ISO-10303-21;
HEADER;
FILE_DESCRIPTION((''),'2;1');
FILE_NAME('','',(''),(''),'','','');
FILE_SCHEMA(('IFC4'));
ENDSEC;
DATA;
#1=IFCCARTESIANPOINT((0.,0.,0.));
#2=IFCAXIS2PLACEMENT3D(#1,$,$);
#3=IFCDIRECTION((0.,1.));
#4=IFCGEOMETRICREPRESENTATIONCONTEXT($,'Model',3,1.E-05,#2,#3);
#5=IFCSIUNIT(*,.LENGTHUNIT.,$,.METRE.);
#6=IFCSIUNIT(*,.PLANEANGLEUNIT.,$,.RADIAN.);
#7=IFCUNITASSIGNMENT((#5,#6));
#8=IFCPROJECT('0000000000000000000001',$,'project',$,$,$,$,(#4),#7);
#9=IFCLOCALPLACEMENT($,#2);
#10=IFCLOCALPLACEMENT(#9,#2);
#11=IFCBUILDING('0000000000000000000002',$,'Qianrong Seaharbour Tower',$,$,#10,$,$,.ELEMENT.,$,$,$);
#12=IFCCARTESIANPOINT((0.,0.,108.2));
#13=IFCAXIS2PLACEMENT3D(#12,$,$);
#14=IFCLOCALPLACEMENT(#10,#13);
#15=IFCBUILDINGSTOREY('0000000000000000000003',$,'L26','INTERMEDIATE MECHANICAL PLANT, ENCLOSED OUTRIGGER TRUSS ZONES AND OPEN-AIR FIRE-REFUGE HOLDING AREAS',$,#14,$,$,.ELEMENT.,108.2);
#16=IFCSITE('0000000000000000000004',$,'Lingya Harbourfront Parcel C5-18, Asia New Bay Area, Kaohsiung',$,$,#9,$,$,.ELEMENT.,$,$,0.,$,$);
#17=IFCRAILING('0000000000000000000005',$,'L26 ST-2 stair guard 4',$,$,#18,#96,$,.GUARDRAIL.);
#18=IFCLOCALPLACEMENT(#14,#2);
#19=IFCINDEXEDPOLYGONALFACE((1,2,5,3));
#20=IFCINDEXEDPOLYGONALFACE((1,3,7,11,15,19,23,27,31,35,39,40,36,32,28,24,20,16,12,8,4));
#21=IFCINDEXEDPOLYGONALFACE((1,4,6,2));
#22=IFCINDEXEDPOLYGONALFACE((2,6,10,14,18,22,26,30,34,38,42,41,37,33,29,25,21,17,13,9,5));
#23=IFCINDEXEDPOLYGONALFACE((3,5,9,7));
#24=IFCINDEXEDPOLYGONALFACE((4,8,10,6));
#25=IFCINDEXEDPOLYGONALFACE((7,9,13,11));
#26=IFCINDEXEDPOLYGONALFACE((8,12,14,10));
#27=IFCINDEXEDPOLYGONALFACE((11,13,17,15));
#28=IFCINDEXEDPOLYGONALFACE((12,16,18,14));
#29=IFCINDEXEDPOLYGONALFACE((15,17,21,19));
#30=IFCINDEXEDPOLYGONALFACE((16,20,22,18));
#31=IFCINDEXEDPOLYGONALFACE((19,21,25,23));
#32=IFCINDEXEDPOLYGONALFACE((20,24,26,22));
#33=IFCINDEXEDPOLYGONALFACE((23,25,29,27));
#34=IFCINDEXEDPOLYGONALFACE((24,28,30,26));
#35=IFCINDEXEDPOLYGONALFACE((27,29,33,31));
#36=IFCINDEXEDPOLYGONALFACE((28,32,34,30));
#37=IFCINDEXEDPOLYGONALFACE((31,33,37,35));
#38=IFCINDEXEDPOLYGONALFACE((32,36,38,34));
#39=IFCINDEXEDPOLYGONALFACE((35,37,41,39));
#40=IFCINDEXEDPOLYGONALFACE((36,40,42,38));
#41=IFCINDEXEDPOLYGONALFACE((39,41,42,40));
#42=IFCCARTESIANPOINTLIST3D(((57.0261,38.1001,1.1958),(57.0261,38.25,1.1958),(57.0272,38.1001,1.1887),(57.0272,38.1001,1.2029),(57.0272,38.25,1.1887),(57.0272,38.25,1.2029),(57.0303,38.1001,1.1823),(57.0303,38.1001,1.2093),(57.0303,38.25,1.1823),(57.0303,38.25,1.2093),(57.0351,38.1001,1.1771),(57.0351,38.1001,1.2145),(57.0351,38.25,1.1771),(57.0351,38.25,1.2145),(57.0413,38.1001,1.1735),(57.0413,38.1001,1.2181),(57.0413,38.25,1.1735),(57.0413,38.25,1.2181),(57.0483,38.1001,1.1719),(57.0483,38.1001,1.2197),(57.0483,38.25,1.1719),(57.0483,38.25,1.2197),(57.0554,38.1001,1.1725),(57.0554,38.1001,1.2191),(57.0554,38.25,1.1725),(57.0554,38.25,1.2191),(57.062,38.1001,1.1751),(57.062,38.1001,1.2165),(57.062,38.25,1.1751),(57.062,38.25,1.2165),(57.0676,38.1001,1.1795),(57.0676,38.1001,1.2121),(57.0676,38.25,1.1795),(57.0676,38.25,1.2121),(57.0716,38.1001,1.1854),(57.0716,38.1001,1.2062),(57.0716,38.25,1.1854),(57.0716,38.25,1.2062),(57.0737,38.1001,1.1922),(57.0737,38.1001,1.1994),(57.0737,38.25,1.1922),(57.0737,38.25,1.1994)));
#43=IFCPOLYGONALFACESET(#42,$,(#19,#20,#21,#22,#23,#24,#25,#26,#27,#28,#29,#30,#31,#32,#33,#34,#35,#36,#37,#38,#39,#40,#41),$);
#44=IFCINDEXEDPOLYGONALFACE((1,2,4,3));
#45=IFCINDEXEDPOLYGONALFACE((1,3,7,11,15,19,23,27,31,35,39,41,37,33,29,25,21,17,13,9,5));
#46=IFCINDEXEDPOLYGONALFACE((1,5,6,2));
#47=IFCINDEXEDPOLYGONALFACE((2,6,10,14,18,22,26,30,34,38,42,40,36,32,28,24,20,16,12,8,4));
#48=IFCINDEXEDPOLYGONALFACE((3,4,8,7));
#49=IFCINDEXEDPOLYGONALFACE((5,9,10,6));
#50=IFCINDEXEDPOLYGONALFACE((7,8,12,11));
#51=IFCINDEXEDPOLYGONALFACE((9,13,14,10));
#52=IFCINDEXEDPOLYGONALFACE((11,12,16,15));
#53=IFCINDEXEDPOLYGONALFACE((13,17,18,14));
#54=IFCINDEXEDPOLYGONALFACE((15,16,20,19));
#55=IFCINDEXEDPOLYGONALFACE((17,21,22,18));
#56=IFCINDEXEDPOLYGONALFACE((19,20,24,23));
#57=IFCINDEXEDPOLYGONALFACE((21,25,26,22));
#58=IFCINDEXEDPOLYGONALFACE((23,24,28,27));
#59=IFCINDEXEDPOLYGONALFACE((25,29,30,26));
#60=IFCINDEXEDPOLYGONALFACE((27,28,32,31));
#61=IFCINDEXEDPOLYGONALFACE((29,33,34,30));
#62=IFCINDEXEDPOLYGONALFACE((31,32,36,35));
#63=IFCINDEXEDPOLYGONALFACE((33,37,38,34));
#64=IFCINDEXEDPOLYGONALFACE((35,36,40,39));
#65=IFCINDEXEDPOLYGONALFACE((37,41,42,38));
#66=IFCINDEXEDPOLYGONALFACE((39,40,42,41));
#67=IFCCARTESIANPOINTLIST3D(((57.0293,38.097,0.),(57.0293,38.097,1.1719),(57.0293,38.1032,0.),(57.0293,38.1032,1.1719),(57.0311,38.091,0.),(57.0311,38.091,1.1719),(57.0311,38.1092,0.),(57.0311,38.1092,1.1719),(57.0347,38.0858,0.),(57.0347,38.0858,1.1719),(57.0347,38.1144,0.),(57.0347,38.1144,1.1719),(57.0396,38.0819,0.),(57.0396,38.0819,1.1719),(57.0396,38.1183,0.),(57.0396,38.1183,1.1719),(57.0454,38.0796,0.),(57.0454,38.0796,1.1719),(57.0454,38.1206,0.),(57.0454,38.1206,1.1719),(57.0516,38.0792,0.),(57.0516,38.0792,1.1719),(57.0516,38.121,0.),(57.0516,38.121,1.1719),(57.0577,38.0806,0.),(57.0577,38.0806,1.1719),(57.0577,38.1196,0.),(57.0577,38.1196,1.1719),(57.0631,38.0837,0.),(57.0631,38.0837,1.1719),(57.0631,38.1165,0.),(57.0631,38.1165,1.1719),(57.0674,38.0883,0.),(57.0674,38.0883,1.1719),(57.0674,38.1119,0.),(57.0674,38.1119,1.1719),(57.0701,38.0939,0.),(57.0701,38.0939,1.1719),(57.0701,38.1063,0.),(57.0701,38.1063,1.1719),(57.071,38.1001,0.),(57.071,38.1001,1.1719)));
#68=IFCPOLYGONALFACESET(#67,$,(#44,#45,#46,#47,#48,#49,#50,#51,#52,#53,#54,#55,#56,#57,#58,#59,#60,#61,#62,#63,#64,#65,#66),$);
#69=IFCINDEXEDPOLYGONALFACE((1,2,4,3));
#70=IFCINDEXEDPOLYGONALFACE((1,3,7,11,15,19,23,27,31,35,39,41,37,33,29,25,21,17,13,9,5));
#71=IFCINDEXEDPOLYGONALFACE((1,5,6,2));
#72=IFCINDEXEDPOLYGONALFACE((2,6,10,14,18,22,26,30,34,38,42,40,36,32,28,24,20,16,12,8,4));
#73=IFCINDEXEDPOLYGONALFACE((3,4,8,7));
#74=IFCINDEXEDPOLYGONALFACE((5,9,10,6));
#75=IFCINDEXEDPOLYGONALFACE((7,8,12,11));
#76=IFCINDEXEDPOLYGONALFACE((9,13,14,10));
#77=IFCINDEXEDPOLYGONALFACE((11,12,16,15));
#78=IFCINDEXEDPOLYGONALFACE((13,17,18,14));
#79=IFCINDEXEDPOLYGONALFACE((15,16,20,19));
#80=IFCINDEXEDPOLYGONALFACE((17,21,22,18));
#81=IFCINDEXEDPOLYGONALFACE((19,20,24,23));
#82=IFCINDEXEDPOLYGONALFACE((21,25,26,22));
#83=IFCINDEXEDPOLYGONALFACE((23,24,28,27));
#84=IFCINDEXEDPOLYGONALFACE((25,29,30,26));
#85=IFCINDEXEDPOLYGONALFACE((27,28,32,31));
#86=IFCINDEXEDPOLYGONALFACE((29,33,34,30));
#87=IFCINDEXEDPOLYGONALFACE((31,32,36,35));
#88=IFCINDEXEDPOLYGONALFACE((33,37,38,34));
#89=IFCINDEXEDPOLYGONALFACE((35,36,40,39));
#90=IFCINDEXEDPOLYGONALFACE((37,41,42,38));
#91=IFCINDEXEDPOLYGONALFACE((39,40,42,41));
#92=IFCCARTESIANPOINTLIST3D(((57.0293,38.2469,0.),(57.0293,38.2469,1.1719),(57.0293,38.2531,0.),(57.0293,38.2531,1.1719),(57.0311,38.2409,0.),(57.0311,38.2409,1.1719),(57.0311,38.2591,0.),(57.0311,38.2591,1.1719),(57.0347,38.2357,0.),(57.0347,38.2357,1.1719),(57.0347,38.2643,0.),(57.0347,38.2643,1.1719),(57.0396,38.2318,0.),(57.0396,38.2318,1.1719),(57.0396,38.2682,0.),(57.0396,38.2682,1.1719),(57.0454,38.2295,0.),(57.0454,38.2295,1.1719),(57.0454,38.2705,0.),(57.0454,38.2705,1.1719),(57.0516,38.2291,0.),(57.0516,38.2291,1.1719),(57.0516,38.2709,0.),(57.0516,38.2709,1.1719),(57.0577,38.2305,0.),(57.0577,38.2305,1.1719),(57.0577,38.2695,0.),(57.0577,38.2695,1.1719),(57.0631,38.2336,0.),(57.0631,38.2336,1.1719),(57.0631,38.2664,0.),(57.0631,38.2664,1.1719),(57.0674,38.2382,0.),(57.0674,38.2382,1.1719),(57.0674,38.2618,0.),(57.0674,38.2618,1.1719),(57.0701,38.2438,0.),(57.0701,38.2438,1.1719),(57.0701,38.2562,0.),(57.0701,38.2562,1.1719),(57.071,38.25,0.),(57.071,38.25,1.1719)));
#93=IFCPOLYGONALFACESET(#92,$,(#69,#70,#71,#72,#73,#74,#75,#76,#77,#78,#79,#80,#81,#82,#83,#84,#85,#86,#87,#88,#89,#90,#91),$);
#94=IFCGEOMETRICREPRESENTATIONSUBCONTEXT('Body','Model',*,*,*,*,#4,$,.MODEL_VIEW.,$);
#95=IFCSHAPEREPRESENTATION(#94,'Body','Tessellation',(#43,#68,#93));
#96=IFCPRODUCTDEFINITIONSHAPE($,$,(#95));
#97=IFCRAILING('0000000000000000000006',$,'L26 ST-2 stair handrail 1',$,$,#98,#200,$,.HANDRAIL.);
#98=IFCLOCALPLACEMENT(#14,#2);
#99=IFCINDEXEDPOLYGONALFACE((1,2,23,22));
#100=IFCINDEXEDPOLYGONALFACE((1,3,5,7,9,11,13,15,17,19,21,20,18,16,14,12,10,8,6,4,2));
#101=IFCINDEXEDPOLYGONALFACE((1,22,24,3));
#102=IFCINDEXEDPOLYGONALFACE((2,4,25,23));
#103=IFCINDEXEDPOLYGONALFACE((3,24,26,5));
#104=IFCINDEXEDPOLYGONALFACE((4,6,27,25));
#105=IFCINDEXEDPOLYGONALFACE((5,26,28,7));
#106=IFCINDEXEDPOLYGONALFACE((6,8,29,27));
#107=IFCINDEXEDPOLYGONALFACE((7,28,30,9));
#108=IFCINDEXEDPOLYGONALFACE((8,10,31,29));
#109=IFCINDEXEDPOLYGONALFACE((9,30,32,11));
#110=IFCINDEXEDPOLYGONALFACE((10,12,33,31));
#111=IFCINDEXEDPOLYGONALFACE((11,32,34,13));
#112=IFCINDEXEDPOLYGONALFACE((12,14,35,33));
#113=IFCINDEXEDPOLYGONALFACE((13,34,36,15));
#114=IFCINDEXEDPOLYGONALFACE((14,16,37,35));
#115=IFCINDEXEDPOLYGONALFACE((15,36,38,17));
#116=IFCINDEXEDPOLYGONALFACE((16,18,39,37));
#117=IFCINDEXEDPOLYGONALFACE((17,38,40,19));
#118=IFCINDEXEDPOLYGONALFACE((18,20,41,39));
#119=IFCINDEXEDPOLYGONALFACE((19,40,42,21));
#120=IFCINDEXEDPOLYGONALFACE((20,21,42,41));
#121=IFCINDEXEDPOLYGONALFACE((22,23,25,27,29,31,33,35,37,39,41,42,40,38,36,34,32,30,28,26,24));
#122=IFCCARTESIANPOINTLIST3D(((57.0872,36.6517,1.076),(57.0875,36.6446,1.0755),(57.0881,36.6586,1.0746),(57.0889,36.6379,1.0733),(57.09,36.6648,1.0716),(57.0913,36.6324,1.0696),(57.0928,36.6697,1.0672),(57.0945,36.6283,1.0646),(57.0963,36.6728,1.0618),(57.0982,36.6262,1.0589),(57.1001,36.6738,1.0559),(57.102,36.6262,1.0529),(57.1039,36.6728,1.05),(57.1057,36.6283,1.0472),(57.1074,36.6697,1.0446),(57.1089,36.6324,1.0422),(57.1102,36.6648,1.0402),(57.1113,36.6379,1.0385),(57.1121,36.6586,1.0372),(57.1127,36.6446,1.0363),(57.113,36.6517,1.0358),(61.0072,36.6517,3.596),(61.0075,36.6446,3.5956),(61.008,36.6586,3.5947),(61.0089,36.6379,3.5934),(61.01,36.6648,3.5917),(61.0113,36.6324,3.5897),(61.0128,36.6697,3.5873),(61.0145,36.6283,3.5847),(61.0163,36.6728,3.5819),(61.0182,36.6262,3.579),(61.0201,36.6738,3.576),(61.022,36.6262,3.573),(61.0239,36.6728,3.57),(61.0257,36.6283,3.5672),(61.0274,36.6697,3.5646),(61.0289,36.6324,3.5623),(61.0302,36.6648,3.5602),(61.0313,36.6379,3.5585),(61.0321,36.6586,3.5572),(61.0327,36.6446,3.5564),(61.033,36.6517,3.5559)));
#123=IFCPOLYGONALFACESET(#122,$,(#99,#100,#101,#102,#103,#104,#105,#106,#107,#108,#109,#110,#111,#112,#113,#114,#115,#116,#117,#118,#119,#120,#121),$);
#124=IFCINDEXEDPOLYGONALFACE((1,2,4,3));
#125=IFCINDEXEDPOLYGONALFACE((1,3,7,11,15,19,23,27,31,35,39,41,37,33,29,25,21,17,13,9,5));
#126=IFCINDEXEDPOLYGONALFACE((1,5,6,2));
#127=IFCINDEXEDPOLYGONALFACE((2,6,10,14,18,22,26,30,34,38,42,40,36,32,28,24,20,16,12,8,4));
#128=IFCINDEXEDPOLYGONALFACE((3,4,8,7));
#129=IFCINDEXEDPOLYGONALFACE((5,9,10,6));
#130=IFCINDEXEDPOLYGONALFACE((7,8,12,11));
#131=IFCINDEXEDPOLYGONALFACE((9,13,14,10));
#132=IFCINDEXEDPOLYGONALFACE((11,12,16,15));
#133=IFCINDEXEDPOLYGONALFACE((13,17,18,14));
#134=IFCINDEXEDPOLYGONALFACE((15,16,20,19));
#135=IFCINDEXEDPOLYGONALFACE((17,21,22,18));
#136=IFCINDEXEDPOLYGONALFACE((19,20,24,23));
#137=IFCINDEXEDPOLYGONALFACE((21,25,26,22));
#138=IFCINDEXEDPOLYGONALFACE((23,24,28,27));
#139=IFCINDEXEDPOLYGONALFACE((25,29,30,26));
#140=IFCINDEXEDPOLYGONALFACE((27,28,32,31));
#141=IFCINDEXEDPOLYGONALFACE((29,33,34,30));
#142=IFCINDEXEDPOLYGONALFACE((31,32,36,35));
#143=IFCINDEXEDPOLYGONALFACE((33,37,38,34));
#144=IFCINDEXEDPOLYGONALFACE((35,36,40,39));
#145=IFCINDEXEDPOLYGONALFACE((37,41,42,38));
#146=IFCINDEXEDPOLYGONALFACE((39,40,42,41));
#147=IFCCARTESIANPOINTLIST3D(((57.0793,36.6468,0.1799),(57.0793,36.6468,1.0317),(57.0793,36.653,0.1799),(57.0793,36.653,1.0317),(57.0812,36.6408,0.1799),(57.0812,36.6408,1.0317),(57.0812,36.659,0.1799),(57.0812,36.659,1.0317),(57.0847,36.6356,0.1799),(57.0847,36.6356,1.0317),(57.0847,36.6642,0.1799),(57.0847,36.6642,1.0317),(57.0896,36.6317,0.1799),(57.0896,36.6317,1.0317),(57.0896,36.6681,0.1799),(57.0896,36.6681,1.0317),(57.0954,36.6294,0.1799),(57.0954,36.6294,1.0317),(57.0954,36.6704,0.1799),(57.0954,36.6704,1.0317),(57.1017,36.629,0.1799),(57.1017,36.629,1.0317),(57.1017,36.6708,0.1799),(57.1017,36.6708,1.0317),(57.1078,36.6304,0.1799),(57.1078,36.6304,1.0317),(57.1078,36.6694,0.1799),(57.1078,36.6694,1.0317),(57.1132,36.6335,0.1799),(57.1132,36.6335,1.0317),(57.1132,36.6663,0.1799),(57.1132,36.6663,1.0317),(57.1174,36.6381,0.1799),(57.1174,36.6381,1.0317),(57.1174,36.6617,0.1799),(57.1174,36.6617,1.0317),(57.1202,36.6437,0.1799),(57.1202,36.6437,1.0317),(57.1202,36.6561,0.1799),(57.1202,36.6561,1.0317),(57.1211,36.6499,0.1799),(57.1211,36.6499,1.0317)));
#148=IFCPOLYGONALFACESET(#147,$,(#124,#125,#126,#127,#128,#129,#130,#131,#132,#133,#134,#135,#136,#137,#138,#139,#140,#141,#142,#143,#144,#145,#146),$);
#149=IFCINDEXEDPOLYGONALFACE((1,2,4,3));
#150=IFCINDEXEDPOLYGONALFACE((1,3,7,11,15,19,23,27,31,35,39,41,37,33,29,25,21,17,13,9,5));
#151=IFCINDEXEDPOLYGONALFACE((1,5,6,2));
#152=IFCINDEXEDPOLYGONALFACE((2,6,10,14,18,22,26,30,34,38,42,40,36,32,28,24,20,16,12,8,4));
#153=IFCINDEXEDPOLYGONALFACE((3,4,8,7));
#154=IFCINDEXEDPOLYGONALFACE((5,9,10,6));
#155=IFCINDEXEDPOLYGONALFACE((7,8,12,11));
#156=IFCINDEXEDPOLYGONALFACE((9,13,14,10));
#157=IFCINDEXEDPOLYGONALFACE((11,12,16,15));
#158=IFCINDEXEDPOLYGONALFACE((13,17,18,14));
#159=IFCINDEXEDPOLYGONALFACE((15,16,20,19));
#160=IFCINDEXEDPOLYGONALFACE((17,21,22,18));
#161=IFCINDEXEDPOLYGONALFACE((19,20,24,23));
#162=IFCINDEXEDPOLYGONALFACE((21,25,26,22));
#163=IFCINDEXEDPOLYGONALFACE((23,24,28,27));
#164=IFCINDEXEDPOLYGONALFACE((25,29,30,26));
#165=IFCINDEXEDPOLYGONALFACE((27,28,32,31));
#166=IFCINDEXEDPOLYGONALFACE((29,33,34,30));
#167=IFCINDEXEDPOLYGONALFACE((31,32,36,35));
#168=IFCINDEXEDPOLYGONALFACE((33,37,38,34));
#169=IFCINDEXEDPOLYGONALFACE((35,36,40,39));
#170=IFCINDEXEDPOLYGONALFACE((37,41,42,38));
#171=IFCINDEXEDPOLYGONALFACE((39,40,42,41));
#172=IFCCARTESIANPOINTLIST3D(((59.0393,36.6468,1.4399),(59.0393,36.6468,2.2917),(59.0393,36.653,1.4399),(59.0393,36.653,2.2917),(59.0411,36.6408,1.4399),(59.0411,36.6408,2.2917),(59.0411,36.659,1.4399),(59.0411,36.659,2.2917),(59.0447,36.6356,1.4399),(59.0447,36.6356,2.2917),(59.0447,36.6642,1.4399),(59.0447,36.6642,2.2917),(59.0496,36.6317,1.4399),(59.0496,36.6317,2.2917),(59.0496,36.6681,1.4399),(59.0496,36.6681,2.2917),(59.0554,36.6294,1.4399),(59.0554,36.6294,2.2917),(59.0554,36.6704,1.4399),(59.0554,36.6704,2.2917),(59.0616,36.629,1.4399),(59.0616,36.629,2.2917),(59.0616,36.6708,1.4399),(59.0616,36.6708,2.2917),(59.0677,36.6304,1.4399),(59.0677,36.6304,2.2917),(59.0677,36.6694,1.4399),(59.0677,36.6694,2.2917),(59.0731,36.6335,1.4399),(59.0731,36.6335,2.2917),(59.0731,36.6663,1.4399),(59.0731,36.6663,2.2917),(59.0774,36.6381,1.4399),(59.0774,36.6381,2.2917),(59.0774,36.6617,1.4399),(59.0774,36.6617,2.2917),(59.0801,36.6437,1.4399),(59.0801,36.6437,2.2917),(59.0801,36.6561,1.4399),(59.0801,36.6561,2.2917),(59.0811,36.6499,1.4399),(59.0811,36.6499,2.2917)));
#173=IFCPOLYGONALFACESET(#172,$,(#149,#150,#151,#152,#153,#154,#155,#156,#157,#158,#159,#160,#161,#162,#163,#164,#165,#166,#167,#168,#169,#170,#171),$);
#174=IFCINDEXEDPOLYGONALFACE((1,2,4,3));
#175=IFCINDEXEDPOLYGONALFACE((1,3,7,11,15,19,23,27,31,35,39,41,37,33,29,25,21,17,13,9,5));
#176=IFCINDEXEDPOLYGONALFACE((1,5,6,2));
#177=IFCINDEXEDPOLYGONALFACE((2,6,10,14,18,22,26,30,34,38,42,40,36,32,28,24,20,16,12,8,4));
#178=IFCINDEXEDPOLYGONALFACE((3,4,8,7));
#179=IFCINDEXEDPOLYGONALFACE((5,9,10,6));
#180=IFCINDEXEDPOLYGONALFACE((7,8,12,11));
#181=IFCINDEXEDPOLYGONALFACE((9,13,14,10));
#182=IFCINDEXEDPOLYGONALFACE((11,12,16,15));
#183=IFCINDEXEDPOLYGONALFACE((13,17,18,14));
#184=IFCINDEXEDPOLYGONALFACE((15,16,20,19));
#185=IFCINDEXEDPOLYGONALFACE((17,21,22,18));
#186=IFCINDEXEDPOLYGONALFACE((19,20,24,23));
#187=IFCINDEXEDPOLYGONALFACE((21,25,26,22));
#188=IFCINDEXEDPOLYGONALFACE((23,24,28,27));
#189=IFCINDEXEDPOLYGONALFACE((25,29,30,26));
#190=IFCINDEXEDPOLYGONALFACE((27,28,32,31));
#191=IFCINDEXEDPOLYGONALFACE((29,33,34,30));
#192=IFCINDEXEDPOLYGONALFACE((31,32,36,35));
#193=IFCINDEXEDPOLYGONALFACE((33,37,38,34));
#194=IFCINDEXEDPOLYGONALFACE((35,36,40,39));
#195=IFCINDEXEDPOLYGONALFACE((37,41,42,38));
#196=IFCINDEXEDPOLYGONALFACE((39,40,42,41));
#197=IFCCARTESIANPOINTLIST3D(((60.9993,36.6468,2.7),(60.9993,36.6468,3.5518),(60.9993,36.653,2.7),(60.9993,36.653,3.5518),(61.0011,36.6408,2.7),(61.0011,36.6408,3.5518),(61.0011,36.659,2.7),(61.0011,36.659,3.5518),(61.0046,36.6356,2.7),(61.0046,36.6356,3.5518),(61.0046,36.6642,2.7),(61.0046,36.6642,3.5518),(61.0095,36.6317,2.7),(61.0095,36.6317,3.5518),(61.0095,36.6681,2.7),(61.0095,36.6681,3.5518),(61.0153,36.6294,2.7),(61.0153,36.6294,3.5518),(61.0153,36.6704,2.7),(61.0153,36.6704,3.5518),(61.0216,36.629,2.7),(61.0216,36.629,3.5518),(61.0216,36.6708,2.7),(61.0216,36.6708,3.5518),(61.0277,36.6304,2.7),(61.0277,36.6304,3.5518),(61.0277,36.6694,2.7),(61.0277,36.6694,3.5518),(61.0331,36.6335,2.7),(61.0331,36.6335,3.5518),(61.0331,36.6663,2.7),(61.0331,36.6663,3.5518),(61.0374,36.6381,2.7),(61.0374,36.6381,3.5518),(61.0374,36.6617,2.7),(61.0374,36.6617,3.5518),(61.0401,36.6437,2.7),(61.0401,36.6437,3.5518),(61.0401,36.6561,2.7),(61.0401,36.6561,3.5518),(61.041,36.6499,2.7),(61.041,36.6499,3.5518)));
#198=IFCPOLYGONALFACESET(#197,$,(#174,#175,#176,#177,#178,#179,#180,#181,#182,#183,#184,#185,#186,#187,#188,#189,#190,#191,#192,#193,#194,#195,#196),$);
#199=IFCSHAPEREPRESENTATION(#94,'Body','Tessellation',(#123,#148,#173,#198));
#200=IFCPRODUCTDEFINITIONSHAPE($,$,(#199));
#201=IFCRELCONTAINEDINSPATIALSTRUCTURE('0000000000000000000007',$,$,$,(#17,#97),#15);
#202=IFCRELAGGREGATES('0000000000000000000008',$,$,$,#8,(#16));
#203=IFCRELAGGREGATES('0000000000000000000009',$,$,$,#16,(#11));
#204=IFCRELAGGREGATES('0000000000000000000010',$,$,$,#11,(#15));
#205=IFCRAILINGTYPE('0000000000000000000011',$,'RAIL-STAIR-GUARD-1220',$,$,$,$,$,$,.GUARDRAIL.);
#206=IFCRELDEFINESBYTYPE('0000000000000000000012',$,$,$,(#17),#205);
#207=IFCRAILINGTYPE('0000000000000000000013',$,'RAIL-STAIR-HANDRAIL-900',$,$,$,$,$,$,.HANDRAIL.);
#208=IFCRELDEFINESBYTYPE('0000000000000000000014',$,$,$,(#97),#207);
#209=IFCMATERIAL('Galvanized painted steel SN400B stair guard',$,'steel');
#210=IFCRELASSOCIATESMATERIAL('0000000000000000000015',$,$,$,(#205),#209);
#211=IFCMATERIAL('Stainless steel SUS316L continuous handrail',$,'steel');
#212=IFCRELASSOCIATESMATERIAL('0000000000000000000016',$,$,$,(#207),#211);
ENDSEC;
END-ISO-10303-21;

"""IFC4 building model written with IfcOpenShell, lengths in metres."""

from ifc_helpers import new_model, si_unit, direction, frame, origin, origin_2d, place, context, subcontext, project, spatial, circle, extrude, material, type_object, element, save


model = new_model("IFC4")

# Units and contexts
model_context = context("Model", 3, precision=1e-05, world=origin(), true_north=direction((0.0, 1.0)))
body_context = subcontext(model_context, "Body", "Model", "MODEL_VIEW")
ifc_project = project(units=[si_unit("LENGTHUNIT", "METRE"), si_unit("PLANEANGLEUNIT", "RADIAN")], contexts=[model_context])

# Site, building, storey
site_placement = place(None, origin())
site = spatial("IfcSite", under=ifc_project, at=site_placement, Name="Lingya Harbourfront Parcel C5-18, Asia New Bay Area, Kaohsiung", CompositionType="ELEMENT", RefElevation=0.0)
building_placement = place(site_placement, origin())
building = spatial("IfcBuilding", under=site, at=building_placement, Name="Qianrong Seaharbour Tower", CompositionType="ELEMENT")
storey_placement = place(building_placement, frame((0.0, 0.0, 108.2)))
storey = spatial("IfcBuildingStorey", under=building, at=storey_placement, Name="L26", Description="INTERMEDIATE MECHANICAL PLANT, ENCLOSED OUTRIGGER TRUSS ZONES AND OPEN-AIR FIRE-REFUGE HOLDING AREAS", CompositionType="ELEMENT", Elevation=108.2)

# Railings
ifc_material_1 = material(Name="Galvanized painted steel SN400B stair guard", Category="steel")
railing_type_1 = type_object("IfcRailingType", Name="RAIL-STAIR-GUARD-1220", PredefinedType="GUARDRAIL", material=ifc_material_1)
railing_1_placement = place(storey_placement, frame((57.05, 38.1001, 0.0)))
element("IfcRailing", 1, at=railing_1_placement, inside=storey, type_object=railing_type_1, Name="L26 ST-2 stair guard 4", PredefinedType="GUARDRAIL", context=body_context, shape_type="SweptSolid", body=[
    extrude(circle(Radius=0.0239, at=origin_2d()), frame((0.0, 0.0, 1.1958), z_axis=(0.0, 1.0, 0.0), x_axis=(-1.0, 0.0, 0.0)), (0.0, 0.0, 1.0), 0.1499),
    extrude(circle(Radius=0.021, at=origin_2d()), origin(), (0.0, 0.0, 1.0), 1.1719),
    extrude(circle(Radius=0.021, at=origin_2d()), frame((0.0, 0.1499, 0.0)), (0.0, 0.0, 1.0), 1.1719),
])
ifc_material_2 = material(Name="Stainless steel SUS316L continuous handrail", Category="steel")
railing_type_2 = type_object("IfcRailingType", Name="RAIL-STAIR-HANDRAIL-900", PredefinedType="HANDRAIL", material=ifc_material_2)
railing_2_placement = place(storey_placement, frame((57.1001, 36.6499, 0.1799)))
element("IfcRailing", 2, at=railing_2_placement, inside=storey, type_object=railing_type_2, Name="L26 ST-2 stair handrail 1", PredefinedType="HANDRAIL", context=body_context, shape_type="SweptSolid", body=[
    extrude(circle(Radius=0.0239, at=origin_2d()), frame((0.0, 0.0, 0.876), z_axis=(0.841172, 0.0, 0.540768), x_axis=(0.0, 1.0, 0.0)), (0.0, 0.0, 1.0), 4.6602),
    extrude(circle(Radius=0.021, at=origin_2d()), origin(), (0.0, 0.0, 1.0), 0.8518),
    extrude(circle(Radius=0.021, at=origin_2d()), frame((1.96, 0.0, 1.26)), (0.0, 0.0, 1.0), 0.8518),
    extrude(circle(Radius=0.021, at=origin_2d()), frame((3.9199, 0.0, 2.52)), (0.0, 0.0, 1.0), 0.8518),
])

save(model, "model.ifc")
